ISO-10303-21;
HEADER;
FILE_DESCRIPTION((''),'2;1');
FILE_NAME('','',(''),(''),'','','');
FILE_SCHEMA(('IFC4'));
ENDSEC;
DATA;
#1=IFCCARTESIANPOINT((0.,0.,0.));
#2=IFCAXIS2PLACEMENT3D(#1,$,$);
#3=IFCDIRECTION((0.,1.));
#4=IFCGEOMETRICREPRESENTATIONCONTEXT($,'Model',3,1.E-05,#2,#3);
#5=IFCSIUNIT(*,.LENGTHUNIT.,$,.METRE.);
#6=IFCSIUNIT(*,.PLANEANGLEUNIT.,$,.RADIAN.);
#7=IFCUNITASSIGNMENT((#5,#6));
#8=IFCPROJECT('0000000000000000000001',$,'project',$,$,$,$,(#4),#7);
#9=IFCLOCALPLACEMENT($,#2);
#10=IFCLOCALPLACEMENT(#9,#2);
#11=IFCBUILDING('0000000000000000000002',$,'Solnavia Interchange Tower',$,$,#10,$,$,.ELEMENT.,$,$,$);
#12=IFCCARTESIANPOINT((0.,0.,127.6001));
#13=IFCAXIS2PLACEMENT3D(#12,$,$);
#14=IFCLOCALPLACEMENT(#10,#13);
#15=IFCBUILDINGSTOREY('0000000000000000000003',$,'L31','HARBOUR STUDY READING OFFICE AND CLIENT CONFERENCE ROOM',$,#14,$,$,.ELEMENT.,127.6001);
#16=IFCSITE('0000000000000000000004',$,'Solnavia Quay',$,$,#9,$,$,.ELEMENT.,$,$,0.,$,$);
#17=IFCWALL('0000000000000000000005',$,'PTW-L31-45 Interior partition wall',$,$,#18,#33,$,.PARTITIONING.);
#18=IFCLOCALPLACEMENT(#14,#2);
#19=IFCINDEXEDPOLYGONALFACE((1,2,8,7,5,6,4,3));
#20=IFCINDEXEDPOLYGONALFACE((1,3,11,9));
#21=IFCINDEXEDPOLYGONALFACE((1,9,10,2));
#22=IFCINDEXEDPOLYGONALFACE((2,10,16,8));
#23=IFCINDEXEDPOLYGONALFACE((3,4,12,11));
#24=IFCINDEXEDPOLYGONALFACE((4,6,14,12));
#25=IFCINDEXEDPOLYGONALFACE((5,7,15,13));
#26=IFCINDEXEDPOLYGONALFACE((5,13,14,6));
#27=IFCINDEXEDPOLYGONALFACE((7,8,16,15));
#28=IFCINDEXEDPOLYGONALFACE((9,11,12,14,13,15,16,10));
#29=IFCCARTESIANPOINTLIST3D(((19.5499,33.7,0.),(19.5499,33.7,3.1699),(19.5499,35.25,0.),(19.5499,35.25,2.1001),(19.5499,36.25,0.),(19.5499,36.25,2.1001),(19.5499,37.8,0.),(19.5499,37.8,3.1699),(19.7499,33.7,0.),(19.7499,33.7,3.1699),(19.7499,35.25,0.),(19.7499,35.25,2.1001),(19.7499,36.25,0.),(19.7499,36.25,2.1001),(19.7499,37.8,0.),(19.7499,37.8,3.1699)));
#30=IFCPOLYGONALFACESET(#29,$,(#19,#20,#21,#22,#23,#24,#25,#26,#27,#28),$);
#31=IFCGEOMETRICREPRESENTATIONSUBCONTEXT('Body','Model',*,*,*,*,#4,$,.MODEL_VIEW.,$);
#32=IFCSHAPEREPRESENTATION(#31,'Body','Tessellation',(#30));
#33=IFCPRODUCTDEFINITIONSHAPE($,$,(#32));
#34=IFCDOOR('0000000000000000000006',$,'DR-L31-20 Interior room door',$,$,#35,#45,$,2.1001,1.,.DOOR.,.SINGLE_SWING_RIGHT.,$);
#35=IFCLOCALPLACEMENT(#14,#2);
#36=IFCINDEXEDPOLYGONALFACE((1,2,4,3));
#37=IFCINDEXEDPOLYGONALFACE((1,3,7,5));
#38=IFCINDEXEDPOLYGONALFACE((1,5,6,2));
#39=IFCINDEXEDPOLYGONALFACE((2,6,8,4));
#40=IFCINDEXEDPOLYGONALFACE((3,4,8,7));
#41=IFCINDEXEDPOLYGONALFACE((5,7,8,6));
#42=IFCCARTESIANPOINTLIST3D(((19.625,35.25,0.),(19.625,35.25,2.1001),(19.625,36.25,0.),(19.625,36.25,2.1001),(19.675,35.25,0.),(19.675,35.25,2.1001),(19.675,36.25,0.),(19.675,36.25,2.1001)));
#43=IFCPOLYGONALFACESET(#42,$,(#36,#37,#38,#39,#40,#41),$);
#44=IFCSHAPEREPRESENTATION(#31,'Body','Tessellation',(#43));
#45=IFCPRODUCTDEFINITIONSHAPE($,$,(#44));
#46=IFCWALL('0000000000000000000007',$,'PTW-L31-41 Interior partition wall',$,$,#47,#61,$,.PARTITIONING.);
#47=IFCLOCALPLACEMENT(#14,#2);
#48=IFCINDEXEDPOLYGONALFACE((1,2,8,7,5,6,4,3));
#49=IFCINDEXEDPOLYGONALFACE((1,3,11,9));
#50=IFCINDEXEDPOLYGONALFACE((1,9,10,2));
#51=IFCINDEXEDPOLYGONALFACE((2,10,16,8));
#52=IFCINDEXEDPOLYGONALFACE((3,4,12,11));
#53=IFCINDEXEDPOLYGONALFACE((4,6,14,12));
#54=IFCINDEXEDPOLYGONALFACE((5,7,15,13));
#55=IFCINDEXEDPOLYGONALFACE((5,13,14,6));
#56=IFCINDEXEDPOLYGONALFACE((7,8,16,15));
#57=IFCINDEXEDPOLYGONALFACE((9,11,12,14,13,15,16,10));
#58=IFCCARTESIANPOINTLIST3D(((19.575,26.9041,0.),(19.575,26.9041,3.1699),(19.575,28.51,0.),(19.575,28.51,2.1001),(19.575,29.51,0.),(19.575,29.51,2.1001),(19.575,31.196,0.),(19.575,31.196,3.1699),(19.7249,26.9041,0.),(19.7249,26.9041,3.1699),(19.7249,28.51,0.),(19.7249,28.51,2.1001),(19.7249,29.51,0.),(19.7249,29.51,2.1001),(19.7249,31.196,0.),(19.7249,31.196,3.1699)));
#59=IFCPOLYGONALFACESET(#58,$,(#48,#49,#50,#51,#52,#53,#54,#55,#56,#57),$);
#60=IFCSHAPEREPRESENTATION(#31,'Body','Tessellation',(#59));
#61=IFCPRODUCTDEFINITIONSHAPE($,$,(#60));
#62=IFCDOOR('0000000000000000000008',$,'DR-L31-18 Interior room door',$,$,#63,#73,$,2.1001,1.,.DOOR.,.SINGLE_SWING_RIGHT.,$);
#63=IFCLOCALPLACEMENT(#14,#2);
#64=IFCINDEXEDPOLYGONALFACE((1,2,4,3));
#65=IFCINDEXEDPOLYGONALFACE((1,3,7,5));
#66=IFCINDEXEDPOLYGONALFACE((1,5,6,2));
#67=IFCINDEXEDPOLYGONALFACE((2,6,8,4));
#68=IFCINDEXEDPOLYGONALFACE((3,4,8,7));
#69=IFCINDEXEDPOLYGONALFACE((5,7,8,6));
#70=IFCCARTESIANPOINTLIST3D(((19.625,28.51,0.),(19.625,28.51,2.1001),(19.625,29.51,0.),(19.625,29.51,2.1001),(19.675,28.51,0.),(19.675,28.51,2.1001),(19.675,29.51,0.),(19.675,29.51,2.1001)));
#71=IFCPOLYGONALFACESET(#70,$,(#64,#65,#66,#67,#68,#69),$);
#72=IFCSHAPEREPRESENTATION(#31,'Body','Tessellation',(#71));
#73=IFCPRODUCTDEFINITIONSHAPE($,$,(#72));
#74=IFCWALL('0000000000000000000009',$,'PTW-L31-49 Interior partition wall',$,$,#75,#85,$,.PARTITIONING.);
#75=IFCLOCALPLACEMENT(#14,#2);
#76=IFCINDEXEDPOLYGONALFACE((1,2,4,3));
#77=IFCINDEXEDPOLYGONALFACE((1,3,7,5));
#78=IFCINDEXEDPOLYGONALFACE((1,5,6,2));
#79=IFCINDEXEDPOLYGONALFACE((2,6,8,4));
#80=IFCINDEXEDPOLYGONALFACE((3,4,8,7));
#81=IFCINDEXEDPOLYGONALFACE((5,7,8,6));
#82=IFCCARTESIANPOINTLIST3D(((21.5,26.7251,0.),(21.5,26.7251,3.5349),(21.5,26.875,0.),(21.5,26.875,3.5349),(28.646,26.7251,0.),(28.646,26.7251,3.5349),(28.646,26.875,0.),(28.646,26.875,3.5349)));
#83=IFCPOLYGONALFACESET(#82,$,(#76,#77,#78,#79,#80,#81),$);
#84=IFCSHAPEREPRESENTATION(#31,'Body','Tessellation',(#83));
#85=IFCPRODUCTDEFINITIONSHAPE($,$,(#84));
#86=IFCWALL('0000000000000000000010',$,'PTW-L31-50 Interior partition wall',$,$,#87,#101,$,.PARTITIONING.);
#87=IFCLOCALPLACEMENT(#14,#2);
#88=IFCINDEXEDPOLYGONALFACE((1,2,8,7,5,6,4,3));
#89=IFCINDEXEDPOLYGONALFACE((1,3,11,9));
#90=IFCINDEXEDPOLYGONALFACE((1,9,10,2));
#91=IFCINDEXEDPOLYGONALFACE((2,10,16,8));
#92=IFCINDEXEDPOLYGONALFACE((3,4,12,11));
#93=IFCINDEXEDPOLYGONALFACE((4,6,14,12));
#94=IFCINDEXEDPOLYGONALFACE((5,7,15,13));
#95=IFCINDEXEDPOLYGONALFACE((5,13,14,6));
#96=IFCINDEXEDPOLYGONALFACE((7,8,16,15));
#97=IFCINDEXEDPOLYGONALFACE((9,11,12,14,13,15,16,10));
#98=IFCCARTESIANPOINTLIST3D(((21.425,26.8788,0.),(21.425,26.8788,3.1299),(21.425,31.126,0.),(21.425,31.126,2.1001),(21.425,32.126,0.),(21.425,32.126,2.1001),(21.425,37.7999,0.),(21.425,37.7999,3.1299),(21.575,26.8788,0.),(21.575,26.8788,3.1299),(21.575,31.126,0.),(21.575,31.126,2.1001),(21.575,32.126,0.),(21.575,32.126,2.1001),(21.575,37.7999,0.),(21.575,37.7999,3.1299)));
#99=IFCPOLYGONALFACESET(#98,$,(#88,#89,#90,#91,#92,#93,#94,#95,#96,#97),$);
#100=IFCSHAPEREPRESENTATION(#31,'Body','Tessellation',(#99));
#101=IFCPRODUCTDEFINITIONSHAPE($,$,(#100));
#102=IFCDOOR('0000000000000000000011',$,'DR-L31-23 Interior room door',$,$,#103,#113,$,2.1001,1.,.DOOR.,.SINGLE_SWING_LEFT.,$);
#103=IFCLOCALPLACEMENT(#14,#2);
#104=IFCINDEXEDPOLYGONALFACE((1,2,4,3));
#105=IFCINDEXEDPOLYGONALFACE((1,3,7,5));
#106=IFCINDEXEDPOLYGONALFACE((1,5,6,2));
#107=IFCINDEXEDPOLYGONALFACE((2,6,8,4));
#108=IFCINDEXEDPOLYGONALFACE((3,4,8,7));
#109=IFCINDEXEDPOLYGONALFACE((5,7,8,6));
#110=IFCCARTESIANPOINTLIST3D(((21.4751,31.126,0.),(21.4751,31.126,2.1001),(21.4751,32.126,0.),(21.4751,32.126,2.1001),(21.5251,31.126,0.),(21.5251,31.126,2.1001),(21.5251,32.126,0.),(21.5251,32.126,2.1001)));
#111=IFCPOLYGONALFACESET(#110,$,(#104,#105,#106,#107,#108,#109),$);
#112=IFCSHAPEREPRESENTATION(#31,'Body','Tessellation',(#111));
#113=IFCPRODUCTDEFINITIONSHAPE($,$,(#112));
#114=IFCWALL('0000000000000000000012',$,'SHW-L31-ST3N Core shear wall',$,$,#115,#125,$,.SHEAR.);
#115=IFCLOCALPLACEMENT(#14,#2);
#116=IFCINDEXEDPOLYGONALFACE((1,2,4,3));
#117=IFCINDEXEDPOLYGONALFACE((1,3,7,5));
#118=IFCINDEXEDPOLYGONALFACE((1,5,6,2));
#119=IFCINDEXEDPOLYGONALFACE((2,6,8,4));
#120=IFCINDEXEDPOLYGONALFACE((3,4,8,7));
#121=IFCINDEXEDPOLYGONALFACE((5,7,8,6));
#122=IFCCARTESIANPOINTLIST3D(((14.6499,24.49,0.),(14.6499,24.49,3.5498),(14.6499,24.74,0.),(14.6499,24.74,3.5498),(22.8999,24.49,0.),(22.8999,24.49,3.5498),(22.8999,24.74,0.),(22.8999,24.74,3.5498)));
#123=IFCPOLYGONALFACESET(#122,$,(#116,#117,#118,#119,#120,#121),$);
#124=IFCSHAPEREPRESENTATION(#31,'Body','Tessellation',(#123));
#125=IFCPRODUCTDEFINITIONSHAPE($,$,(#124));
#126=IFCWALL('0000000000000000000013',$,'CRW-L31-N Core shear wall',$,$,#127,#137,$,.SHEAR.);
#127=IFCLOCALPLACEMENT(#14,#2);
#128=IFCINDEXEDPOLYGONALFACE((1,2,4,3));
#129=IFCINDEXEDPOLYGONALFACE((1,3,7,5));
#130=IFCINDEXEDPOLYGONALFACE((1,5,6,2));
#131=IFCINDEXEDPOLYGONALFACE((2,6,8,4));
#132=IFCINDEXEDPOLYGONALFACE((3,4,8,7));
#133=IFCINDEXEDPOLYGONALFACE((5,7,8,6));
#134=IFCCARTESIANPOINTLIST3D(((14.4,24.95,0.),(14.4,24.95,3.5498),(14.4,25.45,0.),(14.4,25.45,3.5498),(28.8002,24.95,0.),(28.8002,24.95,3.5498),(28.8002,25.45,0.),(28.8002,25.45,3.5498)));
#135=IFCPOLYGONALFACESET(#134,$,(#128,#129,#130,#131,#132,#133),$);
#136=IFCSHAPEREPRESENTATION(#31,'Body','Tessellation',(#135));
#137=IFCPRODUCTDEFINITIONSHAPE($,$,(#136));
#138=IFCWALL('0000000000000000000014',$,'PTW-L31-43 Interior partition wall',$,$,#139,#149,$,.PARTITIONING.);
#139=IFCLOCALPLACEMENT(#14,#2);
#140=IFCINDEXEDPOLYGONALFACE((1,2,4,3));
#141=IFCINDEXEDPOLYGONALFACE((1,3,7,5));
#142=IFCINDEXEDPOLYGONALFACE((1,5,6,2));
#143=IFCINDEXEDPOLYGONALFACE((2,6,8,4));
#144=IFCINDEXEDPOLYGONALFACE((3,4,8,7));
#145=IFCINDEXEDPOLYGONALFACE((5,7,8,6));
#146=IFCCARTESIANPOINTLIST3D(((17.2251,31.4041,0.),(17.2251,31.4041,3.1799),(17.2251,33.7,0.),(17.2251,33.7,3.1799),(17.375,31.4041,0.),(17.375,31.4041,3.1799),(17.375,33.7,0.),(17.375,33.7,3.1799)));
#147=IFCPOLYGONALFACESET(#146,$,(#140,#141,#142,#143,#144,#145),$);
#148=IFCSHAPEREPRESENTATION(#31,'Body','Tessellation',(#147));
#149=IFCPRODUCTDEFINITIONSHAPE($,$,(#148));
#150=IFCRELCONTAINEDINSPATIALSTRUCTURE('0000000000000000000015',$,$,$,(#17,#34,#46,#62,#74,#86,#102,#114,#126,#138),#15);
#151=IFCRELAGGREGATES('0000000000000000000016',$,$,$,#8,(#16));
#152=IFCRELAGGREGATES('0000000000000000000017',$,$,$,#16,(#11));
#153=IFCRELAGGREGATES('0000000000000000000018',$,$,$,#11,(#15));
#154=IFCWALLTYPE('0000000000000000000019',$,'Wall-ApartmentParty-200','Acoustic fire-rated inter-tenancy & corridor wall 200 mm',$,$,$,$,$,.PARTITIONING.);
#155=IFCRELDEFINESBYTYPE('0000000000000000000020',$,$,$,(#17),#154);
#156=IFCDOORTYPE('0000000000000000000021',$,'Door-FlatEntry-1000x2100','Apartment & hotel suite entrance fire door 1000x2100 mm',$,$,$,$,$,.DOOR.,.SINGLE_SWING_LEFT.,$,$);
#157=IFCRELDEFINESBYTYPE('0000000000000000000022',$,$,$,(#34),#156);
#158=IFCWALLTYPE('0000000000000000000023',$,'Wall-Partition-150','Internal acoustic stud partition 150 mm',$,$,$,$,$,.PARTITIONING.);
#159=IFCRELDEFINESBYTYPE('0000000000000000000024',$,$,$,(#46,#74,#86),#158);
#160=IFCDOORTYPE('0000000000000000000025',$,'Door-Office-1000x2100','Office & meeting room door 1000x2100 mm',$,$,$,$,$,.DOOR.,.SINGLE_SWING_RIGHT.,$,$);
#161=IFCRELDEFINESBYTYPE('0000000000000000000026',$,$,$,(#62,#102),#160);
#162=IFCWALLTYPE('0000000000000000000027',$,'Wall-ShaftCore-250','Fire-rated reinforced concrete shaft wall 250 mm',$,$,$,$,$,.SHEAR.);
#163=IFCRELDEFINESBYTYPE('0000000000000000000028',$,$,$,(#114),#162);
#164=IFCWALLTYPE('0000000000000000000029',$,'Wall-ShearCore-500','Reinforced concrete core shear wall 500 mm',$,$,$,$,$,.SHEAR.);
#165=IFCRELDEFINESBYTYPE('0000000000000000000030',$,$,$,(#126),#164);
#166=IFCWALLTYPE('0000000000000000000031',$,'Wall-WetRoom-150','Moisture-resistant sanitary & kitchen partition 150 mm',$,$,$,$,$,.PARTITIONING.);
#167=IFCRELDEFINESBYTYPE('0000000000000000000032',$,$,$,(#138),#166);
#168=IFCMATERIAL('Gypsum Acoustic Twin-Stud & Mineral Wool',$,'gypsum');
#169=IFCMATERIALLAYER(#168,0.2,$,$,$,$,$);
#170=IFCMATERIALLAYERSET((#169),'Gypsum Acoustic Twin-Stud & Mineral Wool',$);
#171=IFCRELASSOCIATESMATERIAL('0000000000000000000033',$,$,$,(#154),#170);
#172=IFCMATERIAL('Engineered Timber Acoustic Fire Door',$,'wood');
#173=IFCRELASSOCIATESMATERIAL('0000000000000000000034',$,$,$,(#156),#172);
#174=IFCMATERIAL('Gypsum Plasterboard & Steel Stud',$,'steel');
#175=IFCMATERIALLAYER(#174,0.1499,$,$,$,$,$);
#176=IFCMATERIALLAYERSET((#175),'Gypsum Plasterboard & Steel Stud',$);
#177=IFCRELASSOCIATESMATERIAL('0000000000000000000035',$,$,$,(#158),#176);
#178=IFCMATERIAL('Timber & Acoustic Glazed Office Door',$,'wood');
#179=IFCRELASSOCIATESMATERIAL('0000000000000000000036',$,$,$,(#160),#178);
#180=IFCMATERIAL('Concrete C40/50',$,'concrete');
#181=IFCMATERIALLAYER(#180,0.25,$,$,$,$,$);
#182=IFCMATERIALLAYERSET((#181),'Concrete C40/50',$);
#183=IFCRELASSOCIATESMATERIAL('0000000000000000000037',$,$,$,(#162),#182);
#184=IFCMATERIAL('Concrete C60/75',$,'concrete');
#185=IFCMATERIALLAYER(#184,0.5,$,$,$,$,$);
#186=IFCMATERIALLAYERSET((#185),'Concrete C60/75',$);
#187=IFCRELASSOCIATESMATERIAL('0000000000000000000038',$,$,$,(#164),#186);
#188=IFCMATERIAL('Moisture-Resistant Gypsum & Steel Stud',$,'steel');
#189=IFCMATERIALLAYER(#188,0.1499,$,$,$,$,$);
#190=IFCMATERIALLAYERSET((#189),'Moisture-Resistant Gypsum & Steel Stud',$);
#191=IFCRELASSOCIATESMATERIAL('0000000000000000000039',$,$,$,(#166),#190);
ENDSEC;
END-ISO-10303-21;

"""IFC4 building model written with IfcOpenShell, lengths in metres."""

from ifc_helpers import new_model, si_unit, direction, frame, frame_2d, origin, place, context, subcontext, project, spatial, rectangle, extrude, material, layer, layer_set, type_object, element, fill, save


model = new_model("IFC4")

# Units and contexts
model_context = context("Model", 3, precision=1e-05, world=origin(), true_north=direction((0.0, 1.0)))
body_context = subcontext(model_context, "Body", "Model", "MODEL_VIEW")
ifc_project = project(units=[si_unit("LENGTHUNIT", "METRE"), si_unit("PLANEANGLEUNIT", "RADIAN")], contexts=[model_context])

# Site, building, storey
site_placement = place(None, origin())
site = spatial("IfcSite", under=ifc_project, at=site_placement, Name="Solnavia Quay", CompositionType="ELEMENT", RefElevation=0.0)
building_placement = place(site_placement, origin())
building = spatial("IfcBuilding", under=site, at=building_placement, Name="Solnavia Interchange Tower", CompositionType="ELEMENT")
storey_placement = place(building_placement, frame((0.0, 0.0, 127.6001)))
storey = spatial("IfcBuildingStorey", under=building, at=storey_placement, Name="L31", Description="HARBOUR STUDY READING OFFICE AND CLIENT CONFERENCE ROOM", CompositionType="ELEMENT", Elevation=127.6001)

# Shared definitions
ifc_material_1 = material(Name="Concrete C60/75", Category="concrete")

# Shared definitions
ifc_material_2 = material(Name="Gypsum Acoustic Twin-Stud & Mineral Wool", Category="gypsum")
ifc_layer_1 = layer(ifc_material_2, 0.2)
ifc_layer_set_1 = layer_set([ifc_layer_1], Name="Gypsum Acoustic Twin-Stud & Mineral Wool")
wall_type_1 = type_object("IfcWallType", Name="Wall-ApartmentParty-200", Description="Acoustic fire-rated inter-tenancy & corridor wall 200 mm", PredefinedType="PARTITIONING", material=ifc_layer_set_1)

# Walls, openings, doors
wall_1_placement = place(storey_placement, frame((19.6499, 33.7, 0.0), z_axis=(0.0, 0.0, 1.0), x_axis=(0.0, 1.0, 0.0)))
wall_1 = element("IfcWall", 1, at=wall_1_placement, inside=storey, type_object=wall_type_1, Name="PTW-L31-45 Interior partition wall", PredefinedType="PARTITIONING", context=body_context, shape_type="SweptSolid", body=[
    extrude(rectangle(XDim=4.1001, YDim=0.2, at=frame_2d((2.05, 0.0))), origin(), (0.0, 0.0, 1.0), 3.1699),
])
opening_1_placement = place(wall_1_placement, frame((1.55, 0.0, 0.0)))
opening_1 = element("IfcOpeningElement", 2, at=opening_1_placement, cuts=wall_1, PredefinedType="OPENING", context=body_context, shape_type="SweptSolid", body=[
    extrude(rectangle(XDim=1.0, YDim=2.1001, at=frame_2d((0.5, 1.05))), frame((0.0, 0.1099, 0.0), z_axis=(0.0, -1.0, 0.0), x_axis=(1.0, 0.0, 0.0)), (0.0, 0.0, 1.0), 0.22),
])
ifc_material_3 = material(Name="Engineered Timber Acoustic Fire Door", Category="wood")
door_type_1 = type_object("IfcDoorType", Name="Door-FlatEntry-1000x2100", Description="Apartment & hotel suite entrance fire door 1000x2100 mm", OperationType="SINGLE_SWING_LEFT", PredefinedType="DOOR", material=ifc_material_3)
door_1_placement = place(opening_1_placement, origin())
door_1 = element("IfcDoor", 3, at=door_1_placement, inside=storey, type_object=door_type_1, Name="DR-L31-20 Interior room door", OperationType="SINGLE_SWING_RIGHT", OverallHeight=2.1001, OverallWidth=1.0, PredefinedType="DOOR", context=body_context, shape_type="SweptSolid", body=[
    extrude(rectangle(XDim=1.0, YDim=2.1001, at=frame_2d((0.5, 1.05))), frame((0.0, 0.0249, 0.0), z_axis=(0.0, -1.0, 0.0), x_axis=(1.0, 0.0, 0.0)), (0.0, 0.0, 1.0), 0.05),
])
fill(opening_1, door_1)
ifc_material_4 = material(Name="Gypsum Plasterboard & Steel Stud", Category="steel")
ifc_layer_2 = layer(ifc_material_4, 0.1499)
ifc_layer_set_2 = layer_set([ifc_layer_2], Name="Gypsum Plasterboard & Steel Stud")
wall_type_2 = type_object("IfcWallType", Name="Wall-Partition-150", Description="Internal acoustic stud partition 150 mm", PredefinedType="PARTITIONING", material=ifc_layer_set_2)
wall_2_placement = place(storey_placement, frame((19.6499, 26.9041, 0.0), z_axis=(0.0, 0.0, 1.0), x_axis=(0.0, 1.0, 0.0)))
wall_2 = element("IfcWall", 4, at=wall_2_placement, inside=storey, type_object=wall_type_2, Name="PTW-L31-41 Interior partition wall", PredefinedType="PARTITIONING", context=body_context, shape_type="SweptSolid", body=[
    extrude(rectangle(XDim=4.292, YDim=0.1499, at=frame_2d((2.146, 0.0))), origin(), (0.0, 0.0, 1.0), 3.1699),
])
opening_2_placement = place(wall_2_placement, frame((1.606, 0.0, 0.0)))
opening_2 = element("IfcOpeningElement", 5, at=opening_2_placement, cuts=wall_2, PredefinedType="OPENING", context=body_context, shape_type="SweptSolid", body=[
    extrude(rectangle(XDim=1.0, YDim=2.1001, at=frame_2d((0.5, 1.05))), frame((0.0, 0.085, 0.0), z_axis=(0.0, -1.0, 0.0), x_axis=(1.0, 0.0, 0.0)), (0.0, 0.0, 1.0), 0.1699),
])
ifc_material_5 = material(Name="Timber & Acoustic Glazed Office Door", Category="wood")
door_type_2 = type_object("IfcDoorType", Name="Door-Office-1000x2100", Description="Office & meeting room door 1000x2100 mm", OperationType="SINGLE_SWING_RIGHT", PredefinedType="DOOR", material=ifc_material_5)
door_2_placement = place(opening_2_placement, origin())
door_2 = element("IfcDoor", 6, at=door_2_placement, inside=storey, type_object=door_type_2, Name="DR-L31-18 Interior room door", OperationType="SINGLE_SWING_RIGHT", OverallHeight=2.1001, OverallWidth=1.0, PredefinedType="DOOR", context=body_context, shape_type="SweptSolid", body=[
    extrude(rectangle(XDim=1.0, YDim=2.1001, at=frame_2d((0.5, 1.05))), frame((0.0, 0.0249, 0.0), z_axis=(0.0, -1.0, 0.0), x_axis=(1.0, 0.0, 0.0)), (0.0, 0.0, 1.0), 0.05),
])
fill(opening_2, door_2)

# Wall
wall_3_placement = place(storey_placement, frame((21.5, 26.8, 0.0), z_axis=(0.0, 0.0, 1.0), x_axis=(1.0, 0.0, 0.0)))
element("IfcWall", 7, at=wall_3_placement, inside=storey, type_object=wall_type_2, Name="PTW-L31-49 Interior partition wall", PredefinedType="PARTITIONING", context=body_context, shape_type="SweptSolid", body=[
    extrude(rectangle(XDim=7.146, YDim=0.1499, at=frame_2d((3.573, 0.0))), origin(), (0.0, 0.0, 1.0), 3.5349),
])

# Wall, opening, door
wall_4_placement = place(storey_placement, frame((21.5, 26.8789, 0.0), z_axis=(0.0, 0.0, 1.0), x_axis=(0.0, 1.0, 0.0)))
wall_4 = element("IfcWall", 8, at=wall_4_placement, inside=storey, type_object=wall_type_2, Name="PTW-L31-50 Interior partition wall", PredefinedType="PARTITIONING", context=body_context, shape_type="SweptSolid", body=[
    extrude(rectangle(XDim=10.9211, YDim=0.1499, at=frame_2d((5.4604, 0.0))), origin(), (0.0, 0.0, 1.0), 3.1299),
])
opening_3_placement = place(wall_4_placement, frame((4.2471, 0.0, 0.0)))
opening_3 = element("IfcOpeningElement", 9, at=opening_3_placement, cuts=wall_4, PredefinedType="OPENING", context=body_context, shape_type="SweptSolid", body=[
    extrude(rectangle(XDim=1.0, YDim=2.1001, at=frame_2d((0.5, 1.05))), frame((0.0, 0.085, 0.0), z_axis=(0.0, -1.0, 0.0), x_axis=(1.0, 0.0, 0.0)), (0.0, 0.0, 1.0), 0.1699),
])
door_3_placement = place(opening_3_placement, origin())
door_3 = element("IfcDoor", 10, at=door_3_placement, inside=storey, type_object=door_type_2, Name="DR-L31-23 Interior room door", OperationType="SINGLE_SWING_LEFT", OverallHeight=2.1001, OverallWidth=1.0, PredefinedType="DOOR", context=body_context, shape_type="SweptSolid", body=[
    extrude(rectangle(XDim=1.0, YDim=2.1001, at=frame_2d((0.5, 1.05))), frame((0.0, 0.0249, 0.0), z_axis=(0.0, -1.0, 0.0), x_axis=(1.0, 0.0, 0.0)), (0.0, 0.0, 1.0), 0.05),
])
fill(opening_3, door_3)

# Walls
ifc_material_6 = material(Name="Concrete C40/50", Category="concrete")
ifc_layer_3 = layer(ifc_material_6, 0.25)
ifc_layer_set_3 = layer_set([ifc_layer_3], Name="Concrete C40/50")
wall_type_3 = type_object("IfcWallType", Name="Wall-ShaftCore-250", Description="Fire-rated reinforced concrete shaft wall 250 mm", PredefinedType="SHEAR", material=ifc_layer_set_3)
wall_5_placement = place(storey_placement, frame((14.6499, 24.615, 0.0), z_axis=(0.0, 0.0, 1.0), x_axis=(1.0, 0.0, 0.0)))
element("IfcWall", 11, at=wall_5_placement, inside=storey, type_object=wall_type_3, Name="SHW-L31-ST3N Core shear wall", PredefinedType="SHEAR", context=body_context, shape_type="SweptSolid", body=[
    extrude(rectangle(XDim=8.25, YDim=0.25, at=frame_2d((4.125, 0.0))), origin(), (0.0, 0.0, 1.0), 3.5498),
])
ifc_layer_4 = layer(ifc_material_1, 0.5)
ifc_layer_set_4 = layer_set([ifc_layer_4], Name="Concrete C60/75")
wall_type_4 = type_object("IfcWallType", Name="Wall-ShearCore-500", Description="Reinforced concrete core shear wall 500 mm", PredefinedType="SHEAR", material=ifc_layer_set_4)
wall_6_placement = place(storey_placement, frame((14.3999, 25.2, 0.0), z_axis=(0.0, 0.0, 1.0), x_axis=(1.0, 0.0, 0.0)))
element("IfcWall", 12, at=wall_6_placement, inside=storey, type_object=wall_type_4, Name="CRW-L31-N Core shear wall", PredefinedType="SHEAR", context=body_context, shape_type="SweptSolid", body=[
    extrude(rectangle(XDim=14.4001, YDim=0.5, at=frame_2d((7.2002, 0.0))), origin(), (0.0, 0.0, 1.0), 3.5498),
])
ifc_material_7 = material(Name="Moisture-Resistant Gypsum & Steel Stud", Category="steel")
ifc_layer_5 = layer(ifc_material_7, 0.1499)
ifc_layer_set_5 = layer_set([ifc_layer_5], Name="Moisture-Resistant Gypsum & Steel Stud")
wall_type_5 = type_object("IfcWallType", Name="Wall-WetRoom-150", Description="Moisture-resistant sanitary & kitchen partition 150 mm", PredefinedType="PARTITIONING", material=ifc_layer_set_5)
wall_7_placement = place(storey_placement, frame((17.3, 31.4041, 0.0), z_axis=(0.0, 0.0, 1.0), x_axis=(0.0, 1.0, 0.0)))
element("IfcWall", 13, at=wall_7_placement, inside=storey, type_object=wall_type_5, Name="PTW-L31-43 Interior partition wall", PredefinedType="PARTITIONING", context=body_context, shape_type="SweptSolid", body=[
    extrude(rectangle(XDim=2.2959, YDim=0.1499, at=frame_2d((1.1479, 0.0))), origin(), (0.0, 0.0, 1.0), 3.1799),
])

save(model, "model.ifc")
